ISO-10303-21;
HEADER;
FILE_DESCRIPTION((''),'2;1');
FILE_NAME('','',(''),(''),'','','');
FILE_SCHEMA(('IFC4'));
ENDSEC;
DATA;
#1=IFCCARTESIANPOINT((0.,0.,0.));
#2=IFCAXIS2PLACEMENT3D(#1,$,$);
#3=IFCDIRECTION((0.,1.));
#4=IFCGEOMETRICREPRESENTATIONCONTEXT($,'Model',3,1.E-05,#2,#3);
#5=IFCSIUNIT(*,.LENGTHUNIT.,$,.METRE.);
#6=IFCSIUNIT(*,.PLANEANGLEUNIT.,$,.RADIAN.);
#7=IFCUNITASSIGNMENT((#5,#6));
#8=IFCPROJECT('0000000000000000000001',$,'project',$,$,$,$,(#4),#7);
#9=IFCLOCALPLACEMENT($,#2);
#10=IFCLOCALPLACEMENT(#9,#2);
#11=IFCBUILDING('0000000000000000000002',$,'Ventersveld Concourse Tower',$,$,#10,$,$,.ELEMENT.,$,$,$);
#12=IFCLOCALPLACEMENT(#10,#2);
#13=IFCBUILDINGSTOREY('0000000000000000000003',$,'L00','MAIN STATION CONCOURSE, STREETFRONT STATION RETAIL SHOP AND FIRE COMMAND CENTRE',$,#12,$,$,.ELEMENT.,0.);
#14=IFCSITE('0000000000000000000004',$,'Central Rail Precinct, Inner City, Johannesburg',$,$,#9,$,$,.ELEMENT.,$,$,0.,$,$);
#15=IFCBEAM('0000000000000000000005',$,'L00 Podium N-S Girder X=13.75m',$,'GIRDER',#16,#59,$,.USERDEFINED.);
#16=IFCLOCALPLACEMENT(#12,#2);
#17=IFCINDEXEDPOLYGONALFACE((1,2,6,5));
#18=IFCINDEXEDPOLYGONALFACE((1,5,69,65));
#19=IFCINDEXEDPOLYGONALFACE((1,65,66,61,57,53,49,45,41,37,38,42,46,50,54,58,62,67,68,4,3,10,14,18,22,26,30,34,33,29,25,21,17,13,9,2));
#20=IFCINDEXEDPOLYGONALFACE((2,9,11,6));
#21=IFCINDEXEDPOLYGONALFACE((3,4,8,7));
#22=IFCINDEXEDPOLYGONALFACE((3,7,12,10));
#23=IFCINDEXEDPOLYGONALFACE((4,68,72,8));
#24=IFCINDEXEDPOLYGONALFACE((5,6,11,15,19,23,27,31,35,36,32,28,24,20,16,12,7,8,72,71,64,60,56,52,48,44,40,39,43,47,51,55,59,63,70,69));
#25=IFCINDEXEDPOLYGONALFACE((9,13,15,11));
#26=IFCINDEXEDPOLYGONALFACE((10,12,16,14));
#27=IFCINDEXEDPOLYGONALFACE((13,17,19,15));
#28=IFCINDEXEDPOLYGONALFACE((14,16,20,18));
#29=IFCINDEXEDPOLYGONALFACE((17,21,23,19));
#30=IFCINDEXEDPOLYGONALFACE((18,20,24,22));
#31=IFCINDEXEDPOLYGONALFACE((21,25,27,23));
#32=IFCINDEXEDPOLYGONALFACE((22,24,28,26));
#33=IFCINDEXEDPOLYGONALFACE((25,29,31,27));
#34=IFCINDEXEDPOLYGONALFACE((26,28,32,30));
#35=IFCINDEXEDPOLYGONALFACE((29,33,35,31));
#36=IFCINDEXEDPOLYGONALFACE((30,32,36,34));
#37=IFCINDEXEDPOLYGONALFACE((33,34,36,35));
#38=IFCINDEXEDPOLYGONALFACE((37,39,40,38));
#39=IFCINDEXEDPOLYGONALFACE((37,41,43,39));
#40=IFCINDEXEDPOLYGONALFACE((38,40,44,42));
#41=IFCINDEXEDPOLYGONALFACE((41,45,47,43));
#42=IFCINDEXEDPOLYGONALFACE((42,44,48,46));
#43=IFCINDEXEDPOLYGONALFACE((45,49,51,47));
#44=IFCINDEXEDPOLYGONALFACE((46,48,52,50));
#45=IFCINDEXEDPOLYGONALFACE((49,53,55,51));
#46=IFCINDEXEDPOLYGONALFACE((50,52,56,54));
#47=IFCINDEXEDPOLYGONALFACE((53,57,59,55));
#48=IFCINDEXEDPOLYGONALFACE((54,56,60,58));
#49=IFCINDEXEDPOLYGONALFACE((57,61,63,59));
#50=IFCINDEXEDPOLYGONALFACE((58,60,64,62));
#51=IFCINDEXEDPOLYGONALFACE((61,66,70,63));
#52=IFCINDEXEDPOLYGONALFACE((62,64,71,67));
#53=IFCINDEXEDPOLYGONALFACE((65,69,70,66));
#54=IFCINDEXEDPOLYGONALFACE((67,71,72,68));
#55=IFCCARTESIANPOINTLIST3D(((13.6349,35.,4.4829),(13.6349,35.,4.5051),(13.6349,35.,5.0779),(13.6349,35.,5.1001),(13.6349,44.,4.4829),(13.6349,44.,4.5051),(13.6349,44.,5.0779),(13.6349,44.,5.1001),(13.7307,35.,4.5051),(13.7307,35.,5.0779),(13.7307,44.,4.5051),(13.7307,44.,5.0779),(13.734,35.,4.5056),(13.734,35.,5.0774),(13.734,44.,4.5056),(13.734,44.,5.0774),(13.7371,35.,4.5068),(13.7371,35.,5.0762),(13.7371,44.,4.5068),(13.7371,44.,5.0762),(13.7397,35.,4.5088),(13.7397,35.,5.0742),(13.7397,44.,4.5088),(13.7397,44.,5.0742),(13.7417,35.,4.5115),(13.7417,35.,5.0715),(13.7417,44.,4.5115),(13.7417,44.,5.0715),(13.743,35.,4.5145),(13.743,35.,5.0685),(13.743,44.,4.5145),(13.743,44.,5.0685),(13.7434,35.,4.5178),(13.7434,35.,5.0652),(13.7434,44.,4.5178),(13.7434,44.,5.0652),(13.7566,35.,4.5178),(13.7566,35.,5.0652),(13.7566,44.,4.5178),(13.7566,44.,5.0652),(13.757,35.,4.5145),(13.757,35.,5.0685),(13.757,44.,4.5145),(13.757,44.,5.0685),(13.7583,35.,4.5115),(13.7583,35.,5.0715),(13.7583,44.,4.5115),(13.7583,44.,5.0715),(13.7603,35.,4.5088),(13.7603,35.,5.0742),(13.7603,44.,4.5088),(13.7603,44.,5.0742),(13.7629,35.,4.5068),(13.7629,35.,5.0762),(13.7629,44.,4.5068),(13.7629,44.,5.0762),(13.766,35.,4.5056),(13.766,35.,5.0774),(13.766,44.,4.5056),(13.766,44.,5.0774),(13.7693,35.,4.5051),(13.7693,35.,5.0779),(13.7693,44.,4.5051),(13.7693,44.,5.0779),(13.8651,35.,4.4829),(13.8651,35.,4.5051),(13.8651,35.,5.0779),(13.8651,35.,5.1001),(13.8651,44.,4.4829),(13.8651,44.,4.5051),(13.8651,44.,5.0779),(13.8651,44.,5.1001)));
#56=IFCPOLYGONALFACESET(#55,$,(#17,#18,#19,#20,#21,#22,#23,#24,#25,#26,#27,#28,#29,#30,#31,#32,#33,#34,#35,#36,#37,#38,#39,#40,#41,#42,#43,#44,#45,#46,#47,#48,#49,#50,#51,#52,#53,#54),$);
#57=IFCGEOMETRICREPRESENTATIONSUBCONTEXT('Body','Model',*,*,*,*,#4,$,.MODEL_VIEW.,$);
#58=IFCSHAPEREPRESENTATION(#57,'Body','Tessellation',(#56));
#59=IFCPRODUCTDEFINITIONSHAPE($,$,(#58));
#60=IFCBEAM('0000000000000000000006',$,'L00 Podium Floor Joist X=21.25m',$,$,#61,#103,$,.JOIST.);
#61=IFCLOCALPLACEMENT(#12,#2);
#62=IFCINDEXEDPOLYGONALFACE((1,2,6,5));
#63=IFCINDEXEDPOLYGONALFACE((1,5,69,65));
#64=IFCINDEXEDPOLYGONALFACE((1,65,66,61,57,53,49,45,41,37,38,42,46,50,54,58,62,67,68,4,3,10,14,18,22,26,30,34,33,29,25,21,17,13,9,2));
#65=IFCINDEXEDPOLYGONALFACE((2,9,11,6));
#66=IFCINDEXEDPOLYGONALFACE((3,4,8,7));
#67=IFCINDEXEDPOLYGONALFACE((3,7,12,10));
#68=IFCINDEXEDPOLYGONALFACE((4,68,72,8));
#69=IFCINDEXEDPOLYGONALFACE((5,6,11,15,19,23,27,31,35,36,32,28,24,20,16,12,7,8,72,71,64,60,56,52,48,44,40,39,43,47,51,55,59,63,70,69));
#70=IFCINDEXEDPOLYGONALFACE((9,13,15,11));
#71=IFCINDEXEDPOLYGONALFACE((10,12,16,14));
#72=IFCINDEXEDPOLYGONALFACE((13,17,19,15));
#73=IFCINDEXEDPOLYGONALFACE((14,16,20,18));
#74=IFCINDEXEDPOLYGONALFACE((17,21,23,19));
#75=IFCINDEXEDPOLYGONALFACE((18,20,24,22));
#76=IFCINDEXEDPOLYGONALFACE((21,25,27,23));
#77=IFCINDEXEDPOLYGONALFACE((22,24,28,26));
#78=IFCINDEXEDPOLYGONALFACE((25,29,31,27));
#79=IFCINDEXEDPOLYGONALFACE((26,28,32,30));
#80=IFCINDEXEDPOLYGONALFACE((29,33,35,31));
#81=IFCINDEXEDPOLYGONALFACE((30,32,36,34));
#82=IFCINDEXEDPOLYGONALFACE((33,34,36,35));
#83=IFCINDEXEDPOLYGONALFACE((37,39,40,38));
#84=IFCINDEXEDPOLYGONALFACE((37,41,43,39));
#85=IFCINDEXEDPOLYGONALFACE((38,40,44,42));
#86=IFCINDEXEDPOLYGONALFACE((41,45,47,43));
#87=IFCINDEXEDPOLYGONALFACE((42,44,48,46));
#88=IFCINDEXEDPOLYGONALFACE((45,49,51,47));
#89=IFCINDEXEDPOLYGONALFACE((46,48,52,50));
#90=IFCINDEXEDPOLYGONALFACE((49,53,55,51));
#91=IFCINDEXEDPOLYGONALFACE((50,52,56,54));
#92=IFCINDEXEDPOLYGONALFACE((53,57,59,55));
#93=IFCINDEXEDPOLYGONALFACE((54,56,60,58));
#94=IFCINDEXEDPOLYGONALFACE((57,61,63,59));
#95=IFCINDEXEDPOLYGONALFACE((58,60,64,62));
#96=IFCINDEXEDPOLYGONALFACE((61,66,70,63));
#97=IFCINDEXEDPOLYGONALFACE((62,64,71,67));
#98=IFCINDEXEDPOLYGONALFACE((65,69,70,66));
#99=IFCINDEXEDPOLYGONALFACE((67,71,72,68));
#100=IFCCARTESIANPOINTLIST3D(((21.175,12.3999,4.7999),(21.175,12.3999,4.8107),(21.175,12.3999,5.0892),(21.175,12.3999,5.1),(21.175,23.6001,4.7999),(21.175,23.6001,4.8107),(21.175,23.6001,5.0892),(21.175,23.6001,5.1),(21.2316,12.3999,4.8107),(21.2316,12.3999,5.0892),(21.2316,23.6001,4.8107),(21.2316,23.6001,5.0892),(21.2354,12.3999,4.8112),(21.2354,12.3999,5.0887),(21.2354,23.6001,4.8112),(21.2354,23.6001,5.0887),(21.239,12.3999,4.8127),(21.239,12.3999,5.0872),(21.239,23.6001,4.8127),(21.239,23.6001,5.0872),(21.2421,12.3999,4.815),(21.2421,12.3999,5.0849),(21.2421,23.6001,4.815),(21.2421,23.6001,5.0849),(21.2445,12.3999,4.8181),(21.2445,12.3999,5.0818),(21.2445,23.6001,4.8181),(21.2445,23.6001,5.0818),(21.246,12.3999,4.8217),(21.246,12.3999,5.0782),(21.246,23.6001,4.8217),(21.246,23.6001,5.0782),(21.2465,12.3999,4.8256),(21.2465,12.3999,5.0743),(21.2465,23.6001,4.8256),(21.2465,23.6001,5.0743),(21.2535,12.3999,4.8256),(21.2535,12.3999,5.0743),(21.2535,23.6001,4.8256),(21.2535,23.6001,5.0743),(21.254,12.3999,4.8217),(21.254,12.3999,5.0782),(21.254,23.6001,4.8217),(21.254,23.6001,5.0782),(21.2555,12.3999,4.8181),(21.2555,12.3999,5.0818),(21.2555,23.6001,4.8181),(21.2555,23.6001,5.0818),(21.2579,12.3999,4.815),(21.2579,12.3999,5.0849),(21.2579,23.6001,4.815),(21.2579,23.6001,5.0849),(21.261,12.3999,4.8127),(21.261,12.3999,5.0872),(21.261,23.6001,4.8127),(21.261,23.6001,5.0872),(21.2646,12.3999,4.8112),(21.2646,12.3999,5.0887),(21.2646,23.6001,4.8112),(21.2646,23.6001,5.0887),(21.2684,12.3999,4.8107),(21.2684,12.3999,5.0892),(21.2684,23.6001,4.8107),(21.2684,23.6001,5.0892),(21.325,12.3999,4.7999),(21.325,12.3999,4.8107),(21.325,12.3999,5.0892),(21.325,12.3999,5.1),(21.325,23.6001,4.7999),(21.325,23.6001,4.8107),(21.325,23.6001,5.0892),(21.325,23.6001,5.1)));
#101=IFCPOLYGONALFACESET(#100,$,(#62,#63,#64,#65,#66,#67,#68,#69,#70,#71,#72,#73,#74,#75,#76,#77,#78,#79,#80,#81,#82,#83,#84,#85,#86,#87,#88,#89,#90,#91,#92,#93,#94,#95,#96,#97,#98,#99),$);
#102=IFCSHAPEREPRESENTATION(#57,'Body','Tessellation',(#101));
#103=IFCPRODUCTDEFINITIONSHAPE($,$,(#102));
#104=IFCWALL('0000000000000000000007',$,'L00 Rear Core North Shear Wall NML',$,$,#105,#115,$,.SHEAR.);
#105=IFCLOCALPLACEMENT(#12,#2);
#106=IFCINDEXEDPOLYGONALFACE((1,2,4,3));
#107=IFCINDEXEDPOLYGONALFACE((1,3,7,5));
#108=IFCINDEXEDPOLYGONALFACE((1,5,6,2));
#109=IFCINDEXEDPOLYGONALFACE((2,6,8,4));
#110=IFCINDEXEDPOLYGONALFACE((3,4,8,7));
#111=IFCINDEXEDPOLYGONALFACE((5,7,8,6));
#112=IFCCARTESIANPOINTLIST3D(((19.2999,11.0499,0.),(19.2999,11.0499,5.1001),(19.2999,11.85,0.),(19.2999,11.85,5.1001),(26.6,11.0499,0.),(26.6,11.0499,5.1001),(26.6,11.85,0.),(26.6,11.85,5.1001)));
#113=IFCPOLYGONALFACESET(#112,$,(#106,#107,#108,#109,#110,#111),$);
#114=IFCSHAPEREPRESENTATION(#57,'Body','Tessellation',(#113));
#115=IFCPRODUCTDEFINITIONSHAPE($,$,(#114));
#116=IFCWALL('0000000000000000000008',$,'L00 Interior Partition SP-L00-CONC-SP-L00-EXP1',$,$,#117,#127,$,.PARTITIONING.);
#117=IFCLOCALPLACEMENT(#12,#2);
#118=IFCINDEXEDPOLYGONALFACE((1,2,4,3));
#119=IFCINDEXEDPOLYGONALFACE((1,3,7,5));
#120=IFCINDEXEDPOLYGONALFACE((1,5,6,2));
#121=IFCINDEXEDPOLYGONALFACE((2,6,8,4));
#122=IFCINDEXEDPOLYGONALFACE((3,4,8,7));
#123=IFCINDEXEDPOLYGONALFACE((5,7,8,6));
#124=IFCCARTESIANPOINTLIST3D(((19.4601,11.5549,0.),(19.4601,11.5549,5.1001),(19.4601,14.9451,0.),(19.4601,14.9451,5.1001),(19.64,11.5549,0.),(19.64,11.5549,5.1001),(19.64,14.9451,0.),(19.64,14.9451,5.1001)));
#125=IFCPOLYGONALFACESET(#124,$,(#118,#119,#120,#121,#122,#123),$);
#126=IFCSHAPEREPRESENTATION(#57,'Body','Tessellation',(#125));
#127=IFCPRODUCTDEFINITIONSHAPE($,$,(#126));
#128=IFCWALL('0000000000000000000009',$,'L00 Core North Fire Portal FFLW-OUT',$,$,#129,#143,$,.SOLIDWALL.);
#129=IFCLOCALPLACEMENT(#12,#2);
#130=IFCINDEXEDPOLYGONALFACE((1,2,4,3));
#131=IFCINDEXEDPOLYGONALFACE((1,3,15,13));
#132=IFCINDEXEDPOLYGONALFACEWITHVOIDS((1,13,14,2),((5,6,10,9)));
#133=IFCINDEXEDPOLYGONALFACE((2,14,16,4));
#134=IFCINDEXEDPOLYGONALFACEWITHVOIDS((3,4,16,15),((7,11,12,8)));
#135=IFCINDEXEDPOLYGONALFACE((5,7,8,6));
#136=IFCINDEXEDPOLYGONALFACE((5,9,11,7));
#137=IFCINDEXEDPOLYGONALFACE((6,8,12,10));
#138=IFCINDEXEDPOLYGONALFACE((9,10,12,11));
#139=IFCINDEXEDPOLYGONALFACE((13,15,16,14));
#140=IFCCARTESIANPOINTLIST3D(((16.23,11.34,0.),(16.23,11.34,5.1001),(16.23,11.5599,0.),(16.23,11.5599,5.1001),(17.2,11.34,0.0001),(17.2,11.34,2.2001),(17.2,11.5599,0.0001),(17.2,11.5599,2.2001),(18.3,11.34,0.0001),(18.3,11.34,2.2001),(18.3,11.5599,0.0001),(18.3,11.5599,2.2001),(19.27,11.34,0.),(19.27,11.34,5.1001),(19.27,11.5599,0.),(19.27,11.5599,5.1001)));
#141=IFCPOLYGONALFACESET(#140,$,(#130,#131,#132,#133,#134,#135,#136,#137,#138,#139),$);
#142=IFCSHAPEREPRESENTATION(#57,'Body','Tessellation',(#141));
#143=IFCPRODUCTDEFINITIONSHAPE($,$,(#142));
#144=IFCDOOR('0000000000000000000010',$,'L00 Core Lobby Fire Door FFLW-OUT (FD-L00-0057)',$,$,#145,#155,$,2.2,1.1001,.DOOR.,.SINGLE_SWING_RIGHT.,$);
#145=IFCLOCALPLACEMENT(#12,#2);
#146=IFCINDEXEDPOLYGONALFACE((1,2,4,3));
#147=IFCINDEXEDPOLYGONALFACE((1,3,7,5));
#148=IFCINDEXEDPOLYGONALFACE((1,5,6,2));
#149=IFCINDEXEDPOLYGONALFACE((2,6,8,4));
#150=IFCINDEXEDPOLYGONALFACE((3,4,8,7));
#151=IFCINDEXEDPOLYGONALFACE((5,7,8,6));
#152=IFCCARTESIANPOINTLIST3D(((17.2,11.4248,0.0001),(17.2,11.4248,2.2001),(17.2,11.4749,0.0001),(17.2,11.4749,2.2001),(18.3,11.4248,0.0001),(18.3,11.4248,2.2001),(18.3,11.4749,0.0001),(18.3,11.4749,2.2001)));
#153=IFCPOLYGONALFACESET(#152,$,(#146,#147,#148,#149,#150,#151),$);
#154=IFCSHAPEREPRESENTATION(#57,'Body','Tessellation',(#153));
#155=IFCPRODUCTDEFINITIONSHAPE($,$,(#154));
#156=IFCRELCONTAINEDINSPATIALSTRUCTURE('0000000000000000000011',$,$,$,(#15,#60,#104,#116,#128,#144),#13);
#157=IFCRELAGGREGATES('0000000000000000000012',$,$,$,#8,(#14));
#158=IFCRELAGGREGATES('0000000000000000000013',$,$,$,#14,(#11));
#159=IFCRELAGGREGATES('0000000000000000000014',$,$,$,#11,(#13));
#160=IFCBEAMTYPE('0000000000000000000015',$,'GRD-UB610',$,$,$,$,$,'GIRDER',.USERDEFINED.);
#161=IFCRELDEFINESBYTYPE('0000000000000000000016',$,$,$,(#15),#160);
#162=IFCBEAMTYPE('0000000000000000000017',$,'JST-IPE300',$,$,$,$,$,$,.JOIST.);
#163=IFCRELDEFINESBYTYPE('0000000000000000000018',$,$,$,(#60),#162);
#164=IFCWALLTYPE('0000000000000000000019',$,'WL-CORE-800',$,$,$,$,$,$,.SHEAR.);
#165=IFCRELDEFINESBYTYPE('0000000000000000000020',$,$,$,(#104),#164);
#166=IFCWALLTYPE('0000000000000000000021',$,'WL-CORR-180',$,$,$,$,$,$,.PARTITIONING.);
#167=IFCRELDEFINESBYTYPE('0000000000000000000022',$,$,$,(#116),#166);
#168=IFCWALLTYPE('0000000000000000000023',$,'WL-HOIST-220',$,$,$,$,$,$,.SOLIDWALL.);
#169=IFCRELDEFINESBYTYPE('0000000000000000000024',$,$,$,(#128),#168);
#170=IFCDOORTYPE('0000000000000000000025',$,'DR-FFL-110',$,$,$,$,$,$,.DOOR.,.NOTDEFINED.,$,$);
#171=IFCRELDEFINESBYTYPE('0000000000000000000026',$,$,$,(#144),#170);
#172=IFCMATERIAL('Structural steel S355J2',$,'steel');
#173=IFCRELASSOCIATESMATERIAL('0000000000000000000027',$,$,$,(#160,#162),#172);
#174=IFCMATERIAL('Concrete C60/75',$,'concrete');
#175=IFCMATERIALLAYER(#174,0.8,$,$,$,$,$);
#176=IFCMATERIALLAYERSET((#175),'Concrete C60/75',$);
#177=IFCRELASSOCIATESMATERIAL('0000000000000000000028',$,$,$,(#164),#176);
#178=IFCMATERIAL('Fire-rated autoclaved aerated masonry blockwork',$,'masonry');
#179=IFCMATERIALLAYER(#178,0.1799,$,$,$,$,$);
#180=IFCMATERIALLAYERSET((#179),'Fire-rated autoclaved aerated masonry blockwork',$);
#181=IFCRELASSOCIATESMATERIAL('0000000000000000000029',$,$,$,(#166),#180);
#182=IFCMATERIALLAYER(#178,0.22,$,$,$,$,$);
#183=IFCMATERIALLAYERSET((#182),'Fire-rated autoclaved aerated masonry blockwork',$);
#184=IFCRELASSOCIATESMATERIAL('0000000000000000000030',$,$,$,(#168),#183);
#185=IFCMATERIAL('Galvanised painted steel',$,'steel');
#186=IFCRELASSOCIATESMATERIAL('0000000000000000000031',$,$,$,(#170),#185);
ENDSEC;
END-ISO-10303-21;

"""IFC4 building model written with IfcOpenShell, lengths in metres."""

from ifc_helpers import new_model, si_unit, direction, frame, frame_2d, origin, origin_2d, place, context, subcontext, project, spatial, rectangle, i_section, extrude, material, layer, layer_set, material_profile, profile_set, type_object, element, fill, save


model = new_model("IFC4")

# Units and contexts
model_context = context("Model", 3, precision=1e-05, world=origin(), true_north=direction((0.0, 1.0)))
body_context = subcontext(model_context, "Body", "Model", "MODEL_VIEW")
ifc_project = project(units=[si_unit("LENGTHUNIT", "METRE"), si_unit("PLANEANGLEUNIT", "RADIAN")], contexts=[model_context])

# Site, building, storey
site_placement = place(None, origin())
site = spatial("IfcSite", under=ifc_project, at=site_placement, Name="Central Rail Precinct, Inner City, Johannesburg", CompositionType="ELEMENT", RefElevation=0.0)
building_placement = place(site_placement, origin())
building = spatial("IfcBuilding", under=site, at=building_placement, Name="Ventersveld Concourse Tower", CompositionType="ELEMENT")
storey_placement = place(building_placement, origin())
storey = spatial("IfcBuildingStorey", under=building, at=storey_placement, Name="L00", Description="MAIN STATION CONCOURSE, STREETFRONT STATION RETAIL SHOP AND FIRE COMMAND CENTRE", CompositionType="ELEMENT", Elevation=0.0)

# Shared definitions
ifc_material_1 = material(Name="Concrete C60/75", Category="concrete")

# Beams
ifc_material_2 = material(Name="Structural steel S355J2", Category="steel")
ifc_material_profile_1 = material_profile(ifc_material_2, i_section(OverallWidth=0.2302, OverallDepth=0.6172, WebThickness=0.0132, FlangeThickness=0.0222, FilletRadius=0.0127, at=origin_2d()), Name="UB 610x229x140")
ifc_profile_set_1 = profile_set([ifc_material_profile_1], Name="Structural steel S355J2")
beam_type_1 = type_object("IfcBeamType", Name="GRD-UB610", ElementType="GIRDER", PredefinedType="USERDEFINED", material=ifc_profile_set_1)
beam_1_placement = place(storey_placement, frame((13.75, 35.0, 4.7915), z_axis=(0.0, 1.0, 0.0), x_axis=(-1.0, 0.0, 0.0)))
element("IfcBeam", 1, at=beam_1_placement, inside=storey, type_object=beam_type_1, Name="L00 Podium N-S Girder X=13.75m", ObjectType="GIRDER", PredefinedType="USERDEFINED", context=body_context, shape_type="SweptSolid", body=[
    extrude(i_section(OverallWidth=0.2302, OverallDepth=0.6172, WebThickness=0.0132, FlangeThickness=0.0222, FilletRadius=0.0127, at=origin_2d()), origin(), (0.0, 0.0, 1.0), 9.0),
])
ifc_material_profile_2 = material_profile(ifc_material_2, i_section(OverallWidth=0.1499, OverallDepth=0.3, WebThickness=0.0071, FlangeThickness=0.0107, FilletRadius=0.0149, at=origin_2d()), Name="IPE 300")
ifc_profile_set_2 = profile_set([ifc_material_profile_2], Name="Structural steel S355J2")
beam_type_2 = type_object("IfcBeamType", Name="JST-IPE300", PredefinedType="JOIST", material=ifc_profile_set_2)
beam_2_placement = place(storey_placement, frame((21.25, 12.3999, 4.95), z_axis=(0.0, 1.0, 0.0), x_axis=(-1.0, 0.0, 0.0)))
element("IfcBeam", 2, at=beam_2_placement, inside=storey, type_object=beam_type_2, Name="L00 Podium Floor Joist X=21.25m", PredefinedType="JOIST", context=body_context, shape_type="SweptSolid", body=[
    extrude(i_section(OverallWidth=0.1499, OverallDepth=0.3, WebThickness=0.0071, FlangeThickness=0.0107, FilletRadius=0.0149, at=origin_2d()), origin(), (0.0, 0.0, 1.0), 11.2002),
])

# Walls
ifc_layer_1 = layer(ifc_material_1, 0.8)
ifc_layer_set_1 = layer_set([ifc_layer_1], Name="Concrete C60/75")
wall_type_1 = type_object("IfcWallType", Name="WL-CORE-800", PredefinedType="SHEAR", material=ifc_layer_set_1)
wall_1_placement = place(storey_placement, frame((19.3, 11.45, 0.0), z_axis=(0.0, 0.0, 1.0), x_axis=(1.0, 0.0, 0.0)))
element("IfcWall", 3, at=wall_1_placement, inside=storey, type_object=wall_type_1, Name="L00 Rear Core North Shear Wall NML", PredefinedType="SHEAR", context=body_context, shape_type="SweptSolid", body=[
    extrude(rectangle(XDim=7.3, YDim=0.8, at=frame_2d((3.6499, 0.0))), origin(), (0.0, 0.0, 1.0), 5.1001),
])
ifc_material_3 = material(Name="Fire-rated autoclaved aerated masonry blockwork", Category="masonry")
ifc_layer_2 = layer(ifc_material_3, 0.1799)
ifc_layer_set_2 = layer_set([ifc_layer_2], Name="Fire-rated autoclaved aerated masonry blockwork")
wall_type_2 = type_object("IfcWallType", Name="WL-CORR-180", PredefinedType="PARTITIONING", material=ifc_layer_set_2)
wall_2_placement = place(storey_placement, frame((19.55, 11.5549, 0.0), z_axis=(0.0, 0.0, 1.0), x_axis=(0.0, 1.0, 0.0)))
element("IfcWall", 4, at=wall_2_placement, inside=storey, type_object=wall_type_2, Name="L00 Interior Partition SP-L00-CONC-SP-L00-EXP1", PredefinedType="PARTITIONING", context=body_context, shape_type="SweptSolid", body=[
    extrude(rectangle(XDim=3.3901, YDim=0.1799, at=frame_2d((1.6951, 0.0))), origin(), (0.0, 0.0, 1.0), 5.1001),
])

# Wall, opening, door
ifc_layer_3 = layer(ifc_material_3, 0.22)
ifc_layer_set_3 = layer_set([ifc_layer_3], Name="Fire-rated autoclaved aerated masonry blockwork")
wall_type_3 = type_object("IfcWallType", Name="WL-HOIST-220", PredefinedType="SOLIDWALL", material=ifc_layer_set_3)
wall_3_placement = place(storey_placement, frame((16.23, 11.45, 0.0), z_axis=(0.0, 0.0, 1.0), x_axis=(1.0, 0.0, 0.0)))
wall_3 = element("IfcWall", 5, at=wall_3_placement, inside=storey, type_object=wall_type_3, Name="L00 Core North Fire Portal FFLW-OUT", PredefinedType="SOLIDWALL", context=body_context, shape_type="SweptSolid", body=[
    extrude(rectangle(XDim=3.04, YDim=0.22, at=frame_2d((1.52, 0.0))), origin(), (0.0, 0.0, 1.0), 5.1001),
])
opening_1_placement = place(wall_3_placement, frame((0.97, 0.0, 0.0)))
opening_1 = element("IfcOpeningElement", 6, at=opening_1_placement, cuts=wall_3, PredefinedType="OPENING", context=body_context, shape_type="SweptSolid", body=[
    extrude(rectangle(XDim=1.1001, YDim=2.2, at=frame_2d((0.55, 1.1001))), frame((0.0, 0.1201, 0.0), z_axis=(0.0, -1.0, 0.0), x_axis=(1.0, 0.0, 0.0)), (0.0, 0.0, 1.0), 0.24),
])
ifc_material_4 = material(Name="Galvanised painted steel", Category="steel")
door_type_1 = type_object("IfcDoorType", Name="DR-FFL-110", OperationType="NOTDEFINED", PredefinedType="DOOR", material=ifc_material_4)
door_1_placement = place(opening_1_placement, origin())
door_1 = element("IfcDoor", 7, at=door_1_placement, inside=storey, type_object=door_type_1, Name="L00 Core Lobby Fire Door FFLW-OUT (FD-L00-0057)", OperationType="SINGLE_SWING_RIGHT", OverallHeight=2.2, OverallWidth=1.1001, PredefinedType="DOOR", context=body_context, shape_type="SweptSolid", body=[
    extrude(rectangle(XDim=1.1001, YDim=2.2, at=frame_2d((0.55, 1.1001))), frame((0.0, 0.0249, 0.0), z_axis=(0.0, -1.0, 0.0), x_axis=(1.0, 0.0, 0.0)), (0.0, 0.0, 1.0), 0.05),
])
fill(opening_1, door_1)

save(model, "model.ifc")
